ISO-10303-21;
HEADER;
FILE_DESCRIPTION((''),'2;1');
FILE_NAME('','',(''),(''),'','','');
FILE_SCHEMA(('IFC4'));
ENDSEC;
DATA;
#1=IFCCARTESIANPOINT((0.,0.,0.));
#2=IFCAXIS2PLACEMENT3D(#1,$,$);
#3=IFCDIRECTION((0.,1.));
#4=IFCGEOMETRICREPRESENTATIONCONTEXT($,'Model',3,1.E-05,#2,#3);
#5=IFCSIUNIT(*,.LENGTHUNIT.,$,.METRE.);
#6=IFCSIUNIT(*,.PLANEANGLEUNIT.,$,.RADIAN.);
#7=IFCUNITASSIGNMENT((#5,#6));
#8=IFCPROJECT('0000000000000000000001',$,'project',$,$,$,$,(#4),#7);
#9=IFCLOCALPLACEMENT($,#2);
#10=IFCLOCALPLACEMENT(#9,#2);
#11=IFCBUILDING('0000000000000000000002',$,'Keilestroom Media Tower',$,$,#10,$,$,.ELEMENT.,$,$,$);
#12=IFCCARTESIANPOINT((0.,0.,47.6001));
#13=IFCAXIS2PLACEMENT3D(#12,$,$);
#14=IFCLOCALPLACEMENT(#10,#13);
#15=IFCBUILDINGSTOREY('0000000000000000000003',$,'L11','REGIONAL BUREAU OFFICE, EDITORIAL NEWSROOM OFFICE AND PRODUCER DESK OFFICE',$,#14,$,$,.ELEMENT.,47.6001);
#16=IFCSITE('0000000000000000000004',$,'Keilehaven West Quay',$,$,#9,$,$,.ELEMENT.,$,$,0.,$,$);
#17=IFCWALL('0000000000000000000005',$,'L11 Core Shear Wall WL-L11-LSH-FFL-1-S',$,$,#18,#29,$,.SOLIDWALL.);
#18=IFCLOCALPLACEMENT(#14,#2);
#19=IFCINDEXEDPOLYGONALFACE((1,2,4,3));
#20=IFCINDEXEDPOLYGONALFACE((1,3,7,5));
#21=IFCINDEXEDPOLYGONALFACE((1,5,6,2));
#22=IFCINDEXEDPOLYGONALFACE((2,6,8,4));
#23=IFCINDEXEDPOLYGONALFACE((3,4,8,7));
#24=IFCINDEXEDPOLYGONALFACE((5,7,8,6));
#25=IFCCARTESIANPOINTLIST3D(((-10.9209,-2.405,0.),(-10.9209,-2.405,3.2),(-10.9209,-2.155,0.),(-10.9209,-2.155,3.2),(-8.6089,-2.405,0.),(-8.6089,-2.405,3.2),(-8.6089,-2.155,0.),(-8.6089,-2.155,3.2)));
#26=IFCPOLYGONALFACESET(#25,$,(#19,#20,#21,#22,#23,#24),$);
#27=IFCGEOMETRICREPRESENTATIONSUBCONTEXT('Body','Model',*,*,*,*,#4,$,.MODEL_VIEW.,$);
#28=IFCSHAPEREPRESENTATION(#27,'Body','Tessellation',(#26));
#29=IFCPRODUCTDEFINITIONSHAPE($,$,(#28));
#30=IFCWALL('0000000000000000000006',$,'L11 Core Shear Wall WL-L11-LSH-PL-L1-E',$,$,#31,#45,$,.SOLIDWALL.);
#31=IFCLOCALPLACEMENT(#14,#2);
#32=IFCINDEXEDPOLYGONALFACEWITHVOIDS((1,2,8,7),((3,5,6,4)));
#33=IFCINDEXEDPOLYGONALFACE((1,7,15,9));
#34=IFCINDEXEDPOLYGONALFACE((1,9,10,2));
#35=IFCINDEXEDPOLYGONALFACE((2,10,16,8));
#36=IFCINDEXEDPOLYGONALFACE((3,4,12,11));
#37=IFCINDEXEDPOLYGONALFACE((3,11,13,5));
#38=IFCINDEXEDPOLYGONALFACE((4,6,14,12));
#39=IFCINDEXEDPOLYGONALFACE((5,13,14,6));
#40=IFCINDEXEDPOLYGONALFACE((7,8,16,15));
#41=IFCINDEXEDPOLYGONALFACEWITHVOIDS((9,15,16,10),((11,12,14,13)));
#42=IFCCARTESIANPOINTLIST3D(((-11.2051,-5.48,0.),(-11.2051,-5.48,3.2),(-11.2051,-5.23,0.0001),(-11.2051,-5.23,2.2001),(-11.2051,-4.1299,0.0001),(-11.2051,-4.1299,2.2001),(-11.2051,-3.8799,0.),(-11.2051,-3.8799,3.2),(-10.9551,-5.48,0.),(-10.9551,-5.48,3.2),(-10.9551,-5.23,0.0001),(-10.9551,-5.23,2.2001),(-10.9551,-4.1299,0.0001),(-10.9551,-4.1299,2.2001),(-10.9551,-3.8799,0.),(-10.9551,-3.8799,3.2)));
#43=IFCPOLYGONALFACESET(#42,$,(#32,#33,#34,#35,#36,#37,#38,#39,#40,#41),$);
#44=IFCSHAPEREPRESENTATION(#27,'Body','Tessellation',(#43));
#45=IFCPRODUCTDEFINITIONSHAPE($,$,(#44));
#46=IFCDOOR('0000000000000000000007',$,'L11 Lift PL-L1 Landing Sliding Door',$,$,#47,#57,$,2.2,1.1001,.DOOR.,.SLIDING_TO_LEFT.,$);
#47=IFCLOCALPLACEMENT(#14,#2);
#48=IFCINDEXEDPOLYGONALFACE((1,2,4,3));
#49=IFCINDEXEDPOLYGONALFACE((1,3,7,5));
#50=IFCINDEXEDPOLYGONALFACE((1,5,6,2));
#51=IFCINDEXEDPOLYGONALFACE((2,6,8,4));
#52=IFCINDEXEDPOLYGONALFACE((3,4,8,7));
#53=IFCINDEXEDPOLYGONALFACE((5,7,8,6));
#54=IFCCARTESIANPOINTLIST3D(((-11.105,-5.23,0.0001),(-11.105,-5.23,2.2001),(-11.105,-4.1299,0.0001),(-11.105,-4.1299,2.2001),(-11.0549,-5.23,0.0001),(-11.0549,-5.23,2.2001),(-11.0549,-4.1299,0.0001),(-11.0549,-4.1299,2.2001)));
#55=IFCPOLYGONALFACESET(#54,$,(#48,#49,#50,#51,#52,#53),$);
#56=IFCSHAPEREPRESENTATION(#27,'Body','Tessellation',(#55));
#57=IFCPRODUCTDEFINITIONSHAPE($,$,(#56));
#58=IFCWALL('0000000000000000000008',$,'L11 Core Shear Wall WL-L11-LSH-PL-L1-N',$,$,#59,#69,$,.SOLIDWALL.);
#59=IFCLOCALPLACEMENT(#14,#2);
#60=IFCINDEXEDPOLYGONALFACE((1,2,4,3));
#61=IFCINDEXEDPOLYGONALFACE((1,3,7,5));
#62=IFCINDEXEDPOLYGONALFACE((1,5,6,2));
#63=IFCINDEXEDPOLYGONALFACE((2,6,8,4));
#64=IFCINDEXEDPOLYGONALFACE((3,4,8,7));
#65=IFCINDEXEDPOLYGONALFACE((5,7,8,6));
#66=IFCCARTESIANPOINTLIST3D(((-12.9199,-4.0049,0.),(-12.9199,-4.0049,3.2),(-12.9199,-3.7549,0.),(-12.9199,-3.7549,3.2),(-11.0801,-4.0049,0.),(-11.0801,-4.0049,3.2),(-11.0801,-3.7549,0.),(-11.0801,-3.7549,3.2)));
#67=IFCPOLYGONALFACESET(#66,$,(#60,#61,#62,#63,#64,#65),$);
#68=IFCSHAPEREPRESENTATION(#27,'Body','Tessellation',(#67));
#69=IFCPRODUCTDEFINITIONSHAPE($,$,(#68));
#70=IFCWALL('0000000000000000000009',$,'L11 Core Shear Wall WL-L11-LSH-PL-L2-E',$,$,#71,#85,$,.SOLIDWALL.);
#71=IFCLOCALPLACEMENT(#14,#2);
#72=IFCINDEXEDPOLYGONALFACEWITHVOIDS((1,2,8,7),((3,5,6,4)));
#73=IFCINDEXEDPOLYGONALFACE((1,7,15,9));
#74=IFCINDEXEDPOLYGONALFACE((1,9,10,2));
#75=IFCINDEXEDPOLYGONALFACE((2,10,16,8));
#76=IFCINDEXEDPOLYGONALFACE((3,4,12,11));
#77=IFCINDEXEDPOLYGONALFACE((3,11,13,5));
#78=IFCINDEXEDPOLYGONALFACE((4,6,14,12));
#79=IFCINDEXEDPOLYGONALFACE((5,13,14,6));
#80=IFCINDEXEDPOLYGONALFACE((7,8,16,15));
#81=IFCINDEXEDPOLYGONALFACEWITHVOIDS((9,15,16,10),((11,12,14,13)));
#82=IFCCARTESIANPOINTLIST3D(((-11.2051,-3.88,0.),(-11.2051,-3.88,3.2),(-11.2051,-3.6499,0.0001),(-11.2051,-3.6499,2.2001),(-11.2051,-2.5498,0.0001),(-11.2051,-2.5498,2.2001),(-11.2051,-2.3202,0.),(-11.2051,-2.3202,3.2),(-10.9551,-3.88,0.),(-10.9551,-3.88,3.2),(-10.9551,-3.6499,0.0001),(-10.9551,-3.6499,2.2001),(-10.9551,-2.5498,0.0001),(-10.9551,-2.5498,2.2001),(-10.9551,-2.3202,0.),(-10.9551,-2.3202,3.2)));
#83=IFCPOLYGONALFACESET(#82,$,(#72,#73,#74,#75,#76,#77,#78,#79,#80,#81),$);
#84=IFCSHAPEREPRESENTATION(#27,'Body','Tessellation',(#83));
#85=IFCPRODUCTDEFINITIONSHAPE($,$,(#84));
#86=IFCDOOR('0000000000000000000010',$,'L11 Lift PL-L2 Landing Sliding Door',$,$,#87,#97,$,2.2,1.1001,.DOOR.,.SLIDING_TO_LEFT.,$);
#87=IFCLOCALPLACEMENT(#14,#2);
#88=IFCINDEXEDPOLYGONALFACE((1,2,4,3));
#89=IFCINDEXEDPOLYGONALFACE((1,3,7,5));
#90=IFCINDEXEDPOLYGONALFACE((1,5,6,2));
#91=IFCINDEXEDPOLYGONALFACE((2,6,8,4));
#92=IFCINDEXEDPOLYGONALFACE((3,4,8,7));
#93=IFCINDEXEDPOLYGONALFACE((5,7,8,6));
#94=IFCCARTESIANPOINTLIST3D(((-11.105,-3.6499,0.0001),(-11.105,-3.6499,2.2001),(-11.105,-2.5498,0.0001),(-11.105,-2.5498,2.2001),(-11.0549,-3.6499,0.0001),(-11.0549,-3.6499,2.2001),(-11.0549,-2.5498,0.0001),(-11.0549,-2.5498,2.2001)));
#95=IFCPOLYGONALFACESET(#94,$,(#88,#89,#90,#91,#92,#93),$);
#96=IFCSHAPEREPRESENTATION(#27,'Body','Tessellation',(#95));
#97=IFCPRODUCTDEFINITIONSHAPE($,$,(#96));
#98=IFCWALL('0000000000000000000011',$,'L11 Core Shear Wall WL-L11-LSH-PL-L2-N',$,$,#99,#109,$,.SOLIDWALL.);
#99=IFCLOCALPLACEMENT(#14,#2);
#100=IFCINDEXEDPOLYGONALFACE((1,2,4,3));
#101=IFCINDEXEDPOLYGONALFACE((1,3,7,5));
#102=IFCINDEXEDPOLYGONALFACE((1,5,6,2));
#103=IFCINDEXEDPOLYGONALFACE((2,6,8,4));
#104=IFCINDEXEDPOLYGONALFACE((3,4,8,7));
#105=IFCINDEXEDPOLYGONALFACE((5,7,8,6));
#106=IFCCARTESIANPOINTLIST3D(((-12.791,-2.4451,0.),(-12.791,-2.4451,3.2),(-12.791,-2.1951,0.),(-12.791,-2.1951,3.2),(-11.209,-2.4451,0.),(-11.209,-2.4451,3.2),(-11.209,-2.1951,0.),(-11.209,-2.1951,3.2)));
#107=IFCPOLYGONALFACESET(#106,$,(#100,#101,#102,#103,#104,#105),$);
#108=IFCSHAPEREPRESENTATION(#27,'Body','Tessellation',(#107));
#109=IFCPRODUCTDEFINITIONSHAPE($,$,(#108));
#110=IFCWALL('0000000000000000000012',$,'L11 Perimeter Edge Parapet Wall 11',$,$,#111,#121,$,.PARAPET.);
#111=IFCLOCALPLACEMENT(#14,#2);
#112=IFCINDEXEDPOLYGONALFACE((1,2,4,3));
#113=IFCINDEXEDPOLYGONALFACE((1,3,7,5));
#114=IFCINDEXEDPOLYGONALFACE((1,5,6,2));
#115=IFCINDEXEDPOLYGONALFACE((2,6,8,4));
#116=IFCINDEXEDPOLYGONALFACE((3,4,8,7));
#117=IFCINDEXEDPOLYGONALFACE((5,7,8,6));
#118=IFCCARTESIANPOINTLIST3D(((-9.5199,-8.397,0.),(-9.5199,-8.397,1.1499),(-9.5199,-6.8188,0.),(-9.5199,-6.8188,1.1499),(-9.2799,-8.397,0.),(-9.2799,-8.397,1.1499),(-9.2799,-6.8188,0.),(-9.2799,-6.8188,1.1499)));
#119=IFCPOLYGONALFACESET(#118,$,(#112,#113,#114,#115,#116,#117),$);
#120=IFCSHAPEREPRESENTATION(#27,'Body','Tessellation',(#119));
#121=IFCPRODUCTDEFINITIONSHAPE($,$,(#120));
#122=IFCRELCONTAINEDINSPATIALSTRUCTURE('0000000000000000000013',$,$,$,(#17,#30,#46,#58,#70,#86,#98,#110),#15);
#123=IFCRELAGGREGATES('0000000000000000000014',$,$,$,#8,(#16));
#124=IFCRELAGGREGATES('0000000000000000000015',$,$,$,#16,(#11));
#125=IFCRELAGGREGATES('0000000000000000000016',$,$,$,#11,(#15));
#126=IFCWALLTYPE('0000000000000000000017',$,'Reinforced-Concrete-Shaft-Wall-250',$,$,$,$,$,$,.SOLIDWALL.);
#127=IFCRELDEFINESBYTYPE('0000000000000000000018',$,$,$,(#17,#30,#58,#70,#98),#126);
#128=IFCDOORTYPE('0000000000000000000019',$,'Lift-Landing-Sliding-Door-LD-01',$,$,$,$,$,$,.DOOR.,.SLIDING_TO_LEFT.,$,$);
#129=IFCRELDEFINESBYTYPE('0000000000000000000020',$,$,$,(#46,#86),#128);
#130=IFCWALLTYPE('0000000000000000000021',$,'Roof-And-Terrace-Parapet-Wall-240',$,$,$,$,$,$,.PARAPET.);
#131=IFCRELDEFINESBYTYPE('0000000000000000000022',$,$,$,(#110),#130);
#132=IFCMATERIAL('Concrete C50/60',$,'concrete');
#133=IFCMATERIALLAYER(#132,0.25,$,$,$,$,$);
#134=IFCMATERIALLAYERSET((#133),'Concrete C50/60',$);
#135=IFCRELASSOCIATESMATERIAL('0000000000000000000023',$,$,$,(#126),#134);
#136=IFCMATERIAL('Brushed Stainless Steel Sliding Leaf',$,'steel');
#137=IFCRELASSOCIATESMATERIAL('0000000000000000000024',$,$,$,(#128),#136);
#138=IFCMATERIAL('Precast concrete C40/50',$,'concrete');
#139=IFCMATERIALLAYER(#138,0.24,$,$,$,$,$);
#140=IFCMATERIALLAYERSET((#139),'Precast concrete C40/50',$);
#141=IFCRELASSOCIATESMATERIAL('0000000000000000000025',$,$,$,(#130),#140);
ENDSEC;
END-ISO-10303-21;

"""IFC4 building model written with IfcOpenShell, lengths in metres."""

from ifc_helpers import new_model, si_unit, direction, frame, frame_2d, origin, place, context, subcontext, project, spatial, rectangle, extrude, source, transform, mapped, material, layer, layer_set, type_object, element, fill, save


model = new_model("IFC4")

# Units and contexts
model_context = context("Model", 3, precision=1e-05, world=origin(), true_north=direction((0.0, 1.0)))
body_context = subcontext(model_context, "Body", "Model", "MODEL_VIEW")
ifc_project = project(units=[si_unit("LENGTHUNIT", "METRE"), si_unit("PLANEANGLEUNIT", "RADIAN")], contexts=[model_context])

# Site, building, storey
site_placement = place(None, origin())
site = spatial("IfcSite", under=ifc_project, at=site_placement, Name="Keilehaven West Quay", CompositionType="ELEMENT", RefElevation=0.0)
building_placement = place(site_placement, origin())
building = spatial("IfcBuilding", under=site, at=building_placement, Name="Keilestroom Media Tower", CompositionType="ELEMENT")
storey_placement = place(building_placement, frame((0.0, 0.0, 47.6001)))
storey = spatial("IfcBuildingStorey", under=building, at=storey_placement, Name="L11", Description="REGIONAL BUREAU OFFICE, EDITORIAL NEWSROOM OFFICE AND PRODUCER DESK OFFICE", CompositionType="ELEMENT", Elevation=47.6001)

# Shared definitions
shared_shape_1 = source(origin(), body_context, "Body", "SweptSolid", [
    extrude(rectangle(XDim=1.1001, YDim=2.2, at=frame_2d((0.55, 1.1001))), frame((0.0, 0.0249, 0.0), z_axis=(0.0, -1.0, 0.0), x_axis=(1.0, 0.0, 0.0)), (0.0, 0.0, 1.0), 0.05),
])

# Wall
ifc_material_1 = material(Name="Concrete C50/60", Category="concrete")
ifc_layer_1 = layer(ifc_material_1, 0.25)
ifc_layer_set_1 = layer_set([ifc_layer_1], Name="Concrete C50/60")
wall_type_1 = type_object("IfcWallType", Name="Reinforced-Concrete-Shaft-Wall-250", PredefinedType="SOLIDWALL", material=ifc_layer_set_1)
wall_1_placement = place(storey_placement, frame((-10.9209, -2.28, 0.0), z_axis=(0.0, 0.0, 1.0), x_axis=(1.0, 0.0, 0.0)))
element("IfcWall", 1, at=wall_1_placement, inside=storey, type_object=wall_type_1, Name="L11 Core Shear Wall WL-L11-LSH-FFL-1-S", PredefinedType="SOLIDWALL", context=body_context, shape_type="SweptSolid", body=[
    extrude(rectangle(XDim=2.312, YDim=0.25, at=frame_2d((1.156, 0.0))), origin(), (0.0, 0.0, 1.0), 3.2),
])

# Wall, opening, door
wall_2_placement = place(storey_placement, frame((-11.0801, -5.48, 0.0), z_axis=(0.0, 0.0, 1.0), x_axis=(0.0, 1.0, 0.0)))
wall_2 = element("IfcWall", 2, at=wall_2_placement, inside=storey, type_object=wall_type_1, Name="L11 Core Shear Wall WL-L11-LSH-PL-L1-E", PredefinedType="SOLIDWALL", context=body_context, shape_type="SweptSolid", body=[
    extrude(rectangle(XDim=1.6001, YDim=0.25, at=frame_2d((0.8, 0.0))), origin(), (0.0, 0.0, 1.0), 3.2),
])
opening_1_placement = place(wall_2_placement, frame((0.25, 0.0, 0.0)))
opening_1 = element("IfcOpeningElement", 3, at=opening_1_placement, cuts=wall_2, PredefinedType="OPENING", context=body_context, shape_type="SweptSolid", body=[
    extrude(rectangle(XDim=1.1001, YDim=2.2, at=frame_2d((0.55, 1.1001))), frame((0.0, 0.135, 0.0), z_axis=(0.0, -1.0, 0.0), x_axis=(1.0, 0.0, 0.0)), (0.0, 0.0, 1.0), 0.27),
])
ifc_material_2 = material(Name="Brushed Stainless Steel Sliding Leaf", Category="steel")
door_type_1 = type_object("IfcDoorType", Name="Lift-Landing-Sliding-Door-LD-01", OperationType="SLIDING_TO_LEFT", PredefinedType="DOOR", material=ifc_material_2)
door_1_placement = place(opening_1_placement, origin())
door_1 = element("IfcDoor", 4, at=door_1_placement, inside=storey, type_object=door_type_1, Name="L11 Lift PL-L1 Landing Sliding Door", OperationType="SLIDING_TO_LEFT", OverallHeight=2.2, OverallWidth=1.1001, PredefinedType="DOOR", context=body_context, shape_type="MappedRepresentation", body=[
    mapped(shared_shape_1, transform((0.0, 0.0, 0.0), x_axis=(1.0, 0.0, 0.0), y_axis=(0.0, 1.0, 0.0), z_axis=(0.0, 0.0, 1.0), scale=1.0)),
])
fill(opening_1, door_1)

# Wall
wall_3_placement = place(storey_placement, frame((-12.9199, -3.8799, 0.0), z_axis=(0.0, 0.0, 1.0), x_axis=(1.0, 0.0, 0.0)))
element("IfcWall", 5, at=wall_3_placement, inside=storey, type_object=wall_type_1, Name="L11 Core Shear Wall WL-L11-LSH-PL-L1-N", PredefinedType="SOLIDWALL", context=body_context, shape_type="SweptSolid", body=[
    extrude(rectangle(XDim=1.8398, YDim=0.25, at=frame_2d((0.9199, 0.0))), origin(), (0.0, 0.0, 1.0), 3.2),
])

# Wall, opening, door
wall_4_placement = place(storey_placement, frame((-11.0801, -3.8799, 0.0), z_axis=(0.0, 0.0, 1.0), x_axis=(0.0, 1.0, 0.0)))
wall_4 = element("IfcWall", 6, at=wall_4_placement, inside=storey, type_object=wall_type_1, Name="L11 Core Shear Wall WL-L11-LSH-PL-L2-E", PredefinedType="SOLIDWALL", context=body_context, shape_type="SweptSolid", body=[
    extrude(rectangle(XDim=1.5598, YDim=0.25, at=frame_2d((0.7798, 0.0))), origin(), (0.0, 0.0, 1.0), 3.2),
])
opening_2_placement = place(wall_4_placement, frame((0.23, 0.0, 0.0)))
opening_2 = element("IfcOpeningElement", 7, at=opening_2_placement, cuts=wall_4, PredefinedType="OPENING", context=body_context, shape_type="SweptSolid", body=[
    extrude(rectangle(XDim=1.1001, YDim=2.2, at=frame_2d((0.55, 1.1001))), frame((0.0, 0.135, 0.0), z_axis=(0.0, -1.0, 0.0), x_axis=(1.0, 0.0, 0.0)), (0.0, 0.0, 1.0), 0.27),
])
door_2_placement = place(opening_2_placement, origin())
door_2 = element("IfcDoor", 8, at=door_2_placement, inside=storey, type_object=door_type_1, Name="L11 Lift PL-L2 Landing Sliding Door", OperationType="SLIDING_TO_LEFT", OverallHeight=2.2, OverallWidth=1.1001, PredefinedType="DOOR", context=body_context, shape_type="MappedRepresentation", body=[
    mapped(shared_shape_1, transform((0.0, 0.0, 0.0), x_axis=(1.0, 0.0, 0.0), y_axis=(0.0, 1.0, 0.0), z_axis=(0.0, 0.0, 1.0), scale=1.0)),
])
fill(opening_2, door_2)

# Walls
wall_5_placement = place(storey_placement, frame((-12.791, -2.3201, 0.0), z_axis=(0.0, 0.0, 1.0), x_axis=(1.0, 0.0, 0.0)))
element("IfcWall", 9, at=wall_5_placement, inside=storey, type_object=wall_type_1, Name="L11 Core Shear Wall WL-L11-LSH-PL-L2-N", PredefinedType="SOLIDWALL", context=body_context, shape_type="SweptSolid", body=[
    extrude(rectangle(XDim=1.582, YDim=0.25, at=frame_2d((0.791, 0.0))), origin(), (0.0, 0.0, 1.0), 3.2),
])
ifc_material_3 = material(Name="Precast concrete C40/50", Category="concrete")
ifc_layer_2 = layer(ifc_material_3, 0.24)
ifc_layer_set_2 = layer_set([ifc_layer_2], Name="Precast concrete C40/50")
wall_type_2 = type_object("IfcWallType", Name="Roof-And-Terrace-Parapet-Wall-240", PredefinedType="PARAPET", material=ifc_layer_set_2)
wall_6_placement = place(storey_placement, frame((-9.3999, -8.397, 0.0), z_axis=(0.0, 0.0, 1.0), x_axis=(0.0, 1.0, 0.0)))
element("IfcWall", 10, at=wall_6_placement, inside=storey, type_object=wall_type_2, Name="L11 Perimeter Edge Parapet Wall 11", PredefinedType="PARAPET", context=body_context, shape_type="SweptSolid", body=[
    extrude(rectangle(XDim=1.5781, YDim=0.24, at=frame_2d((0.7891, 0.0))), origin(), (0.0, 0.0, 1.0), 1.1499),
])

save(model, "model.ifc")
